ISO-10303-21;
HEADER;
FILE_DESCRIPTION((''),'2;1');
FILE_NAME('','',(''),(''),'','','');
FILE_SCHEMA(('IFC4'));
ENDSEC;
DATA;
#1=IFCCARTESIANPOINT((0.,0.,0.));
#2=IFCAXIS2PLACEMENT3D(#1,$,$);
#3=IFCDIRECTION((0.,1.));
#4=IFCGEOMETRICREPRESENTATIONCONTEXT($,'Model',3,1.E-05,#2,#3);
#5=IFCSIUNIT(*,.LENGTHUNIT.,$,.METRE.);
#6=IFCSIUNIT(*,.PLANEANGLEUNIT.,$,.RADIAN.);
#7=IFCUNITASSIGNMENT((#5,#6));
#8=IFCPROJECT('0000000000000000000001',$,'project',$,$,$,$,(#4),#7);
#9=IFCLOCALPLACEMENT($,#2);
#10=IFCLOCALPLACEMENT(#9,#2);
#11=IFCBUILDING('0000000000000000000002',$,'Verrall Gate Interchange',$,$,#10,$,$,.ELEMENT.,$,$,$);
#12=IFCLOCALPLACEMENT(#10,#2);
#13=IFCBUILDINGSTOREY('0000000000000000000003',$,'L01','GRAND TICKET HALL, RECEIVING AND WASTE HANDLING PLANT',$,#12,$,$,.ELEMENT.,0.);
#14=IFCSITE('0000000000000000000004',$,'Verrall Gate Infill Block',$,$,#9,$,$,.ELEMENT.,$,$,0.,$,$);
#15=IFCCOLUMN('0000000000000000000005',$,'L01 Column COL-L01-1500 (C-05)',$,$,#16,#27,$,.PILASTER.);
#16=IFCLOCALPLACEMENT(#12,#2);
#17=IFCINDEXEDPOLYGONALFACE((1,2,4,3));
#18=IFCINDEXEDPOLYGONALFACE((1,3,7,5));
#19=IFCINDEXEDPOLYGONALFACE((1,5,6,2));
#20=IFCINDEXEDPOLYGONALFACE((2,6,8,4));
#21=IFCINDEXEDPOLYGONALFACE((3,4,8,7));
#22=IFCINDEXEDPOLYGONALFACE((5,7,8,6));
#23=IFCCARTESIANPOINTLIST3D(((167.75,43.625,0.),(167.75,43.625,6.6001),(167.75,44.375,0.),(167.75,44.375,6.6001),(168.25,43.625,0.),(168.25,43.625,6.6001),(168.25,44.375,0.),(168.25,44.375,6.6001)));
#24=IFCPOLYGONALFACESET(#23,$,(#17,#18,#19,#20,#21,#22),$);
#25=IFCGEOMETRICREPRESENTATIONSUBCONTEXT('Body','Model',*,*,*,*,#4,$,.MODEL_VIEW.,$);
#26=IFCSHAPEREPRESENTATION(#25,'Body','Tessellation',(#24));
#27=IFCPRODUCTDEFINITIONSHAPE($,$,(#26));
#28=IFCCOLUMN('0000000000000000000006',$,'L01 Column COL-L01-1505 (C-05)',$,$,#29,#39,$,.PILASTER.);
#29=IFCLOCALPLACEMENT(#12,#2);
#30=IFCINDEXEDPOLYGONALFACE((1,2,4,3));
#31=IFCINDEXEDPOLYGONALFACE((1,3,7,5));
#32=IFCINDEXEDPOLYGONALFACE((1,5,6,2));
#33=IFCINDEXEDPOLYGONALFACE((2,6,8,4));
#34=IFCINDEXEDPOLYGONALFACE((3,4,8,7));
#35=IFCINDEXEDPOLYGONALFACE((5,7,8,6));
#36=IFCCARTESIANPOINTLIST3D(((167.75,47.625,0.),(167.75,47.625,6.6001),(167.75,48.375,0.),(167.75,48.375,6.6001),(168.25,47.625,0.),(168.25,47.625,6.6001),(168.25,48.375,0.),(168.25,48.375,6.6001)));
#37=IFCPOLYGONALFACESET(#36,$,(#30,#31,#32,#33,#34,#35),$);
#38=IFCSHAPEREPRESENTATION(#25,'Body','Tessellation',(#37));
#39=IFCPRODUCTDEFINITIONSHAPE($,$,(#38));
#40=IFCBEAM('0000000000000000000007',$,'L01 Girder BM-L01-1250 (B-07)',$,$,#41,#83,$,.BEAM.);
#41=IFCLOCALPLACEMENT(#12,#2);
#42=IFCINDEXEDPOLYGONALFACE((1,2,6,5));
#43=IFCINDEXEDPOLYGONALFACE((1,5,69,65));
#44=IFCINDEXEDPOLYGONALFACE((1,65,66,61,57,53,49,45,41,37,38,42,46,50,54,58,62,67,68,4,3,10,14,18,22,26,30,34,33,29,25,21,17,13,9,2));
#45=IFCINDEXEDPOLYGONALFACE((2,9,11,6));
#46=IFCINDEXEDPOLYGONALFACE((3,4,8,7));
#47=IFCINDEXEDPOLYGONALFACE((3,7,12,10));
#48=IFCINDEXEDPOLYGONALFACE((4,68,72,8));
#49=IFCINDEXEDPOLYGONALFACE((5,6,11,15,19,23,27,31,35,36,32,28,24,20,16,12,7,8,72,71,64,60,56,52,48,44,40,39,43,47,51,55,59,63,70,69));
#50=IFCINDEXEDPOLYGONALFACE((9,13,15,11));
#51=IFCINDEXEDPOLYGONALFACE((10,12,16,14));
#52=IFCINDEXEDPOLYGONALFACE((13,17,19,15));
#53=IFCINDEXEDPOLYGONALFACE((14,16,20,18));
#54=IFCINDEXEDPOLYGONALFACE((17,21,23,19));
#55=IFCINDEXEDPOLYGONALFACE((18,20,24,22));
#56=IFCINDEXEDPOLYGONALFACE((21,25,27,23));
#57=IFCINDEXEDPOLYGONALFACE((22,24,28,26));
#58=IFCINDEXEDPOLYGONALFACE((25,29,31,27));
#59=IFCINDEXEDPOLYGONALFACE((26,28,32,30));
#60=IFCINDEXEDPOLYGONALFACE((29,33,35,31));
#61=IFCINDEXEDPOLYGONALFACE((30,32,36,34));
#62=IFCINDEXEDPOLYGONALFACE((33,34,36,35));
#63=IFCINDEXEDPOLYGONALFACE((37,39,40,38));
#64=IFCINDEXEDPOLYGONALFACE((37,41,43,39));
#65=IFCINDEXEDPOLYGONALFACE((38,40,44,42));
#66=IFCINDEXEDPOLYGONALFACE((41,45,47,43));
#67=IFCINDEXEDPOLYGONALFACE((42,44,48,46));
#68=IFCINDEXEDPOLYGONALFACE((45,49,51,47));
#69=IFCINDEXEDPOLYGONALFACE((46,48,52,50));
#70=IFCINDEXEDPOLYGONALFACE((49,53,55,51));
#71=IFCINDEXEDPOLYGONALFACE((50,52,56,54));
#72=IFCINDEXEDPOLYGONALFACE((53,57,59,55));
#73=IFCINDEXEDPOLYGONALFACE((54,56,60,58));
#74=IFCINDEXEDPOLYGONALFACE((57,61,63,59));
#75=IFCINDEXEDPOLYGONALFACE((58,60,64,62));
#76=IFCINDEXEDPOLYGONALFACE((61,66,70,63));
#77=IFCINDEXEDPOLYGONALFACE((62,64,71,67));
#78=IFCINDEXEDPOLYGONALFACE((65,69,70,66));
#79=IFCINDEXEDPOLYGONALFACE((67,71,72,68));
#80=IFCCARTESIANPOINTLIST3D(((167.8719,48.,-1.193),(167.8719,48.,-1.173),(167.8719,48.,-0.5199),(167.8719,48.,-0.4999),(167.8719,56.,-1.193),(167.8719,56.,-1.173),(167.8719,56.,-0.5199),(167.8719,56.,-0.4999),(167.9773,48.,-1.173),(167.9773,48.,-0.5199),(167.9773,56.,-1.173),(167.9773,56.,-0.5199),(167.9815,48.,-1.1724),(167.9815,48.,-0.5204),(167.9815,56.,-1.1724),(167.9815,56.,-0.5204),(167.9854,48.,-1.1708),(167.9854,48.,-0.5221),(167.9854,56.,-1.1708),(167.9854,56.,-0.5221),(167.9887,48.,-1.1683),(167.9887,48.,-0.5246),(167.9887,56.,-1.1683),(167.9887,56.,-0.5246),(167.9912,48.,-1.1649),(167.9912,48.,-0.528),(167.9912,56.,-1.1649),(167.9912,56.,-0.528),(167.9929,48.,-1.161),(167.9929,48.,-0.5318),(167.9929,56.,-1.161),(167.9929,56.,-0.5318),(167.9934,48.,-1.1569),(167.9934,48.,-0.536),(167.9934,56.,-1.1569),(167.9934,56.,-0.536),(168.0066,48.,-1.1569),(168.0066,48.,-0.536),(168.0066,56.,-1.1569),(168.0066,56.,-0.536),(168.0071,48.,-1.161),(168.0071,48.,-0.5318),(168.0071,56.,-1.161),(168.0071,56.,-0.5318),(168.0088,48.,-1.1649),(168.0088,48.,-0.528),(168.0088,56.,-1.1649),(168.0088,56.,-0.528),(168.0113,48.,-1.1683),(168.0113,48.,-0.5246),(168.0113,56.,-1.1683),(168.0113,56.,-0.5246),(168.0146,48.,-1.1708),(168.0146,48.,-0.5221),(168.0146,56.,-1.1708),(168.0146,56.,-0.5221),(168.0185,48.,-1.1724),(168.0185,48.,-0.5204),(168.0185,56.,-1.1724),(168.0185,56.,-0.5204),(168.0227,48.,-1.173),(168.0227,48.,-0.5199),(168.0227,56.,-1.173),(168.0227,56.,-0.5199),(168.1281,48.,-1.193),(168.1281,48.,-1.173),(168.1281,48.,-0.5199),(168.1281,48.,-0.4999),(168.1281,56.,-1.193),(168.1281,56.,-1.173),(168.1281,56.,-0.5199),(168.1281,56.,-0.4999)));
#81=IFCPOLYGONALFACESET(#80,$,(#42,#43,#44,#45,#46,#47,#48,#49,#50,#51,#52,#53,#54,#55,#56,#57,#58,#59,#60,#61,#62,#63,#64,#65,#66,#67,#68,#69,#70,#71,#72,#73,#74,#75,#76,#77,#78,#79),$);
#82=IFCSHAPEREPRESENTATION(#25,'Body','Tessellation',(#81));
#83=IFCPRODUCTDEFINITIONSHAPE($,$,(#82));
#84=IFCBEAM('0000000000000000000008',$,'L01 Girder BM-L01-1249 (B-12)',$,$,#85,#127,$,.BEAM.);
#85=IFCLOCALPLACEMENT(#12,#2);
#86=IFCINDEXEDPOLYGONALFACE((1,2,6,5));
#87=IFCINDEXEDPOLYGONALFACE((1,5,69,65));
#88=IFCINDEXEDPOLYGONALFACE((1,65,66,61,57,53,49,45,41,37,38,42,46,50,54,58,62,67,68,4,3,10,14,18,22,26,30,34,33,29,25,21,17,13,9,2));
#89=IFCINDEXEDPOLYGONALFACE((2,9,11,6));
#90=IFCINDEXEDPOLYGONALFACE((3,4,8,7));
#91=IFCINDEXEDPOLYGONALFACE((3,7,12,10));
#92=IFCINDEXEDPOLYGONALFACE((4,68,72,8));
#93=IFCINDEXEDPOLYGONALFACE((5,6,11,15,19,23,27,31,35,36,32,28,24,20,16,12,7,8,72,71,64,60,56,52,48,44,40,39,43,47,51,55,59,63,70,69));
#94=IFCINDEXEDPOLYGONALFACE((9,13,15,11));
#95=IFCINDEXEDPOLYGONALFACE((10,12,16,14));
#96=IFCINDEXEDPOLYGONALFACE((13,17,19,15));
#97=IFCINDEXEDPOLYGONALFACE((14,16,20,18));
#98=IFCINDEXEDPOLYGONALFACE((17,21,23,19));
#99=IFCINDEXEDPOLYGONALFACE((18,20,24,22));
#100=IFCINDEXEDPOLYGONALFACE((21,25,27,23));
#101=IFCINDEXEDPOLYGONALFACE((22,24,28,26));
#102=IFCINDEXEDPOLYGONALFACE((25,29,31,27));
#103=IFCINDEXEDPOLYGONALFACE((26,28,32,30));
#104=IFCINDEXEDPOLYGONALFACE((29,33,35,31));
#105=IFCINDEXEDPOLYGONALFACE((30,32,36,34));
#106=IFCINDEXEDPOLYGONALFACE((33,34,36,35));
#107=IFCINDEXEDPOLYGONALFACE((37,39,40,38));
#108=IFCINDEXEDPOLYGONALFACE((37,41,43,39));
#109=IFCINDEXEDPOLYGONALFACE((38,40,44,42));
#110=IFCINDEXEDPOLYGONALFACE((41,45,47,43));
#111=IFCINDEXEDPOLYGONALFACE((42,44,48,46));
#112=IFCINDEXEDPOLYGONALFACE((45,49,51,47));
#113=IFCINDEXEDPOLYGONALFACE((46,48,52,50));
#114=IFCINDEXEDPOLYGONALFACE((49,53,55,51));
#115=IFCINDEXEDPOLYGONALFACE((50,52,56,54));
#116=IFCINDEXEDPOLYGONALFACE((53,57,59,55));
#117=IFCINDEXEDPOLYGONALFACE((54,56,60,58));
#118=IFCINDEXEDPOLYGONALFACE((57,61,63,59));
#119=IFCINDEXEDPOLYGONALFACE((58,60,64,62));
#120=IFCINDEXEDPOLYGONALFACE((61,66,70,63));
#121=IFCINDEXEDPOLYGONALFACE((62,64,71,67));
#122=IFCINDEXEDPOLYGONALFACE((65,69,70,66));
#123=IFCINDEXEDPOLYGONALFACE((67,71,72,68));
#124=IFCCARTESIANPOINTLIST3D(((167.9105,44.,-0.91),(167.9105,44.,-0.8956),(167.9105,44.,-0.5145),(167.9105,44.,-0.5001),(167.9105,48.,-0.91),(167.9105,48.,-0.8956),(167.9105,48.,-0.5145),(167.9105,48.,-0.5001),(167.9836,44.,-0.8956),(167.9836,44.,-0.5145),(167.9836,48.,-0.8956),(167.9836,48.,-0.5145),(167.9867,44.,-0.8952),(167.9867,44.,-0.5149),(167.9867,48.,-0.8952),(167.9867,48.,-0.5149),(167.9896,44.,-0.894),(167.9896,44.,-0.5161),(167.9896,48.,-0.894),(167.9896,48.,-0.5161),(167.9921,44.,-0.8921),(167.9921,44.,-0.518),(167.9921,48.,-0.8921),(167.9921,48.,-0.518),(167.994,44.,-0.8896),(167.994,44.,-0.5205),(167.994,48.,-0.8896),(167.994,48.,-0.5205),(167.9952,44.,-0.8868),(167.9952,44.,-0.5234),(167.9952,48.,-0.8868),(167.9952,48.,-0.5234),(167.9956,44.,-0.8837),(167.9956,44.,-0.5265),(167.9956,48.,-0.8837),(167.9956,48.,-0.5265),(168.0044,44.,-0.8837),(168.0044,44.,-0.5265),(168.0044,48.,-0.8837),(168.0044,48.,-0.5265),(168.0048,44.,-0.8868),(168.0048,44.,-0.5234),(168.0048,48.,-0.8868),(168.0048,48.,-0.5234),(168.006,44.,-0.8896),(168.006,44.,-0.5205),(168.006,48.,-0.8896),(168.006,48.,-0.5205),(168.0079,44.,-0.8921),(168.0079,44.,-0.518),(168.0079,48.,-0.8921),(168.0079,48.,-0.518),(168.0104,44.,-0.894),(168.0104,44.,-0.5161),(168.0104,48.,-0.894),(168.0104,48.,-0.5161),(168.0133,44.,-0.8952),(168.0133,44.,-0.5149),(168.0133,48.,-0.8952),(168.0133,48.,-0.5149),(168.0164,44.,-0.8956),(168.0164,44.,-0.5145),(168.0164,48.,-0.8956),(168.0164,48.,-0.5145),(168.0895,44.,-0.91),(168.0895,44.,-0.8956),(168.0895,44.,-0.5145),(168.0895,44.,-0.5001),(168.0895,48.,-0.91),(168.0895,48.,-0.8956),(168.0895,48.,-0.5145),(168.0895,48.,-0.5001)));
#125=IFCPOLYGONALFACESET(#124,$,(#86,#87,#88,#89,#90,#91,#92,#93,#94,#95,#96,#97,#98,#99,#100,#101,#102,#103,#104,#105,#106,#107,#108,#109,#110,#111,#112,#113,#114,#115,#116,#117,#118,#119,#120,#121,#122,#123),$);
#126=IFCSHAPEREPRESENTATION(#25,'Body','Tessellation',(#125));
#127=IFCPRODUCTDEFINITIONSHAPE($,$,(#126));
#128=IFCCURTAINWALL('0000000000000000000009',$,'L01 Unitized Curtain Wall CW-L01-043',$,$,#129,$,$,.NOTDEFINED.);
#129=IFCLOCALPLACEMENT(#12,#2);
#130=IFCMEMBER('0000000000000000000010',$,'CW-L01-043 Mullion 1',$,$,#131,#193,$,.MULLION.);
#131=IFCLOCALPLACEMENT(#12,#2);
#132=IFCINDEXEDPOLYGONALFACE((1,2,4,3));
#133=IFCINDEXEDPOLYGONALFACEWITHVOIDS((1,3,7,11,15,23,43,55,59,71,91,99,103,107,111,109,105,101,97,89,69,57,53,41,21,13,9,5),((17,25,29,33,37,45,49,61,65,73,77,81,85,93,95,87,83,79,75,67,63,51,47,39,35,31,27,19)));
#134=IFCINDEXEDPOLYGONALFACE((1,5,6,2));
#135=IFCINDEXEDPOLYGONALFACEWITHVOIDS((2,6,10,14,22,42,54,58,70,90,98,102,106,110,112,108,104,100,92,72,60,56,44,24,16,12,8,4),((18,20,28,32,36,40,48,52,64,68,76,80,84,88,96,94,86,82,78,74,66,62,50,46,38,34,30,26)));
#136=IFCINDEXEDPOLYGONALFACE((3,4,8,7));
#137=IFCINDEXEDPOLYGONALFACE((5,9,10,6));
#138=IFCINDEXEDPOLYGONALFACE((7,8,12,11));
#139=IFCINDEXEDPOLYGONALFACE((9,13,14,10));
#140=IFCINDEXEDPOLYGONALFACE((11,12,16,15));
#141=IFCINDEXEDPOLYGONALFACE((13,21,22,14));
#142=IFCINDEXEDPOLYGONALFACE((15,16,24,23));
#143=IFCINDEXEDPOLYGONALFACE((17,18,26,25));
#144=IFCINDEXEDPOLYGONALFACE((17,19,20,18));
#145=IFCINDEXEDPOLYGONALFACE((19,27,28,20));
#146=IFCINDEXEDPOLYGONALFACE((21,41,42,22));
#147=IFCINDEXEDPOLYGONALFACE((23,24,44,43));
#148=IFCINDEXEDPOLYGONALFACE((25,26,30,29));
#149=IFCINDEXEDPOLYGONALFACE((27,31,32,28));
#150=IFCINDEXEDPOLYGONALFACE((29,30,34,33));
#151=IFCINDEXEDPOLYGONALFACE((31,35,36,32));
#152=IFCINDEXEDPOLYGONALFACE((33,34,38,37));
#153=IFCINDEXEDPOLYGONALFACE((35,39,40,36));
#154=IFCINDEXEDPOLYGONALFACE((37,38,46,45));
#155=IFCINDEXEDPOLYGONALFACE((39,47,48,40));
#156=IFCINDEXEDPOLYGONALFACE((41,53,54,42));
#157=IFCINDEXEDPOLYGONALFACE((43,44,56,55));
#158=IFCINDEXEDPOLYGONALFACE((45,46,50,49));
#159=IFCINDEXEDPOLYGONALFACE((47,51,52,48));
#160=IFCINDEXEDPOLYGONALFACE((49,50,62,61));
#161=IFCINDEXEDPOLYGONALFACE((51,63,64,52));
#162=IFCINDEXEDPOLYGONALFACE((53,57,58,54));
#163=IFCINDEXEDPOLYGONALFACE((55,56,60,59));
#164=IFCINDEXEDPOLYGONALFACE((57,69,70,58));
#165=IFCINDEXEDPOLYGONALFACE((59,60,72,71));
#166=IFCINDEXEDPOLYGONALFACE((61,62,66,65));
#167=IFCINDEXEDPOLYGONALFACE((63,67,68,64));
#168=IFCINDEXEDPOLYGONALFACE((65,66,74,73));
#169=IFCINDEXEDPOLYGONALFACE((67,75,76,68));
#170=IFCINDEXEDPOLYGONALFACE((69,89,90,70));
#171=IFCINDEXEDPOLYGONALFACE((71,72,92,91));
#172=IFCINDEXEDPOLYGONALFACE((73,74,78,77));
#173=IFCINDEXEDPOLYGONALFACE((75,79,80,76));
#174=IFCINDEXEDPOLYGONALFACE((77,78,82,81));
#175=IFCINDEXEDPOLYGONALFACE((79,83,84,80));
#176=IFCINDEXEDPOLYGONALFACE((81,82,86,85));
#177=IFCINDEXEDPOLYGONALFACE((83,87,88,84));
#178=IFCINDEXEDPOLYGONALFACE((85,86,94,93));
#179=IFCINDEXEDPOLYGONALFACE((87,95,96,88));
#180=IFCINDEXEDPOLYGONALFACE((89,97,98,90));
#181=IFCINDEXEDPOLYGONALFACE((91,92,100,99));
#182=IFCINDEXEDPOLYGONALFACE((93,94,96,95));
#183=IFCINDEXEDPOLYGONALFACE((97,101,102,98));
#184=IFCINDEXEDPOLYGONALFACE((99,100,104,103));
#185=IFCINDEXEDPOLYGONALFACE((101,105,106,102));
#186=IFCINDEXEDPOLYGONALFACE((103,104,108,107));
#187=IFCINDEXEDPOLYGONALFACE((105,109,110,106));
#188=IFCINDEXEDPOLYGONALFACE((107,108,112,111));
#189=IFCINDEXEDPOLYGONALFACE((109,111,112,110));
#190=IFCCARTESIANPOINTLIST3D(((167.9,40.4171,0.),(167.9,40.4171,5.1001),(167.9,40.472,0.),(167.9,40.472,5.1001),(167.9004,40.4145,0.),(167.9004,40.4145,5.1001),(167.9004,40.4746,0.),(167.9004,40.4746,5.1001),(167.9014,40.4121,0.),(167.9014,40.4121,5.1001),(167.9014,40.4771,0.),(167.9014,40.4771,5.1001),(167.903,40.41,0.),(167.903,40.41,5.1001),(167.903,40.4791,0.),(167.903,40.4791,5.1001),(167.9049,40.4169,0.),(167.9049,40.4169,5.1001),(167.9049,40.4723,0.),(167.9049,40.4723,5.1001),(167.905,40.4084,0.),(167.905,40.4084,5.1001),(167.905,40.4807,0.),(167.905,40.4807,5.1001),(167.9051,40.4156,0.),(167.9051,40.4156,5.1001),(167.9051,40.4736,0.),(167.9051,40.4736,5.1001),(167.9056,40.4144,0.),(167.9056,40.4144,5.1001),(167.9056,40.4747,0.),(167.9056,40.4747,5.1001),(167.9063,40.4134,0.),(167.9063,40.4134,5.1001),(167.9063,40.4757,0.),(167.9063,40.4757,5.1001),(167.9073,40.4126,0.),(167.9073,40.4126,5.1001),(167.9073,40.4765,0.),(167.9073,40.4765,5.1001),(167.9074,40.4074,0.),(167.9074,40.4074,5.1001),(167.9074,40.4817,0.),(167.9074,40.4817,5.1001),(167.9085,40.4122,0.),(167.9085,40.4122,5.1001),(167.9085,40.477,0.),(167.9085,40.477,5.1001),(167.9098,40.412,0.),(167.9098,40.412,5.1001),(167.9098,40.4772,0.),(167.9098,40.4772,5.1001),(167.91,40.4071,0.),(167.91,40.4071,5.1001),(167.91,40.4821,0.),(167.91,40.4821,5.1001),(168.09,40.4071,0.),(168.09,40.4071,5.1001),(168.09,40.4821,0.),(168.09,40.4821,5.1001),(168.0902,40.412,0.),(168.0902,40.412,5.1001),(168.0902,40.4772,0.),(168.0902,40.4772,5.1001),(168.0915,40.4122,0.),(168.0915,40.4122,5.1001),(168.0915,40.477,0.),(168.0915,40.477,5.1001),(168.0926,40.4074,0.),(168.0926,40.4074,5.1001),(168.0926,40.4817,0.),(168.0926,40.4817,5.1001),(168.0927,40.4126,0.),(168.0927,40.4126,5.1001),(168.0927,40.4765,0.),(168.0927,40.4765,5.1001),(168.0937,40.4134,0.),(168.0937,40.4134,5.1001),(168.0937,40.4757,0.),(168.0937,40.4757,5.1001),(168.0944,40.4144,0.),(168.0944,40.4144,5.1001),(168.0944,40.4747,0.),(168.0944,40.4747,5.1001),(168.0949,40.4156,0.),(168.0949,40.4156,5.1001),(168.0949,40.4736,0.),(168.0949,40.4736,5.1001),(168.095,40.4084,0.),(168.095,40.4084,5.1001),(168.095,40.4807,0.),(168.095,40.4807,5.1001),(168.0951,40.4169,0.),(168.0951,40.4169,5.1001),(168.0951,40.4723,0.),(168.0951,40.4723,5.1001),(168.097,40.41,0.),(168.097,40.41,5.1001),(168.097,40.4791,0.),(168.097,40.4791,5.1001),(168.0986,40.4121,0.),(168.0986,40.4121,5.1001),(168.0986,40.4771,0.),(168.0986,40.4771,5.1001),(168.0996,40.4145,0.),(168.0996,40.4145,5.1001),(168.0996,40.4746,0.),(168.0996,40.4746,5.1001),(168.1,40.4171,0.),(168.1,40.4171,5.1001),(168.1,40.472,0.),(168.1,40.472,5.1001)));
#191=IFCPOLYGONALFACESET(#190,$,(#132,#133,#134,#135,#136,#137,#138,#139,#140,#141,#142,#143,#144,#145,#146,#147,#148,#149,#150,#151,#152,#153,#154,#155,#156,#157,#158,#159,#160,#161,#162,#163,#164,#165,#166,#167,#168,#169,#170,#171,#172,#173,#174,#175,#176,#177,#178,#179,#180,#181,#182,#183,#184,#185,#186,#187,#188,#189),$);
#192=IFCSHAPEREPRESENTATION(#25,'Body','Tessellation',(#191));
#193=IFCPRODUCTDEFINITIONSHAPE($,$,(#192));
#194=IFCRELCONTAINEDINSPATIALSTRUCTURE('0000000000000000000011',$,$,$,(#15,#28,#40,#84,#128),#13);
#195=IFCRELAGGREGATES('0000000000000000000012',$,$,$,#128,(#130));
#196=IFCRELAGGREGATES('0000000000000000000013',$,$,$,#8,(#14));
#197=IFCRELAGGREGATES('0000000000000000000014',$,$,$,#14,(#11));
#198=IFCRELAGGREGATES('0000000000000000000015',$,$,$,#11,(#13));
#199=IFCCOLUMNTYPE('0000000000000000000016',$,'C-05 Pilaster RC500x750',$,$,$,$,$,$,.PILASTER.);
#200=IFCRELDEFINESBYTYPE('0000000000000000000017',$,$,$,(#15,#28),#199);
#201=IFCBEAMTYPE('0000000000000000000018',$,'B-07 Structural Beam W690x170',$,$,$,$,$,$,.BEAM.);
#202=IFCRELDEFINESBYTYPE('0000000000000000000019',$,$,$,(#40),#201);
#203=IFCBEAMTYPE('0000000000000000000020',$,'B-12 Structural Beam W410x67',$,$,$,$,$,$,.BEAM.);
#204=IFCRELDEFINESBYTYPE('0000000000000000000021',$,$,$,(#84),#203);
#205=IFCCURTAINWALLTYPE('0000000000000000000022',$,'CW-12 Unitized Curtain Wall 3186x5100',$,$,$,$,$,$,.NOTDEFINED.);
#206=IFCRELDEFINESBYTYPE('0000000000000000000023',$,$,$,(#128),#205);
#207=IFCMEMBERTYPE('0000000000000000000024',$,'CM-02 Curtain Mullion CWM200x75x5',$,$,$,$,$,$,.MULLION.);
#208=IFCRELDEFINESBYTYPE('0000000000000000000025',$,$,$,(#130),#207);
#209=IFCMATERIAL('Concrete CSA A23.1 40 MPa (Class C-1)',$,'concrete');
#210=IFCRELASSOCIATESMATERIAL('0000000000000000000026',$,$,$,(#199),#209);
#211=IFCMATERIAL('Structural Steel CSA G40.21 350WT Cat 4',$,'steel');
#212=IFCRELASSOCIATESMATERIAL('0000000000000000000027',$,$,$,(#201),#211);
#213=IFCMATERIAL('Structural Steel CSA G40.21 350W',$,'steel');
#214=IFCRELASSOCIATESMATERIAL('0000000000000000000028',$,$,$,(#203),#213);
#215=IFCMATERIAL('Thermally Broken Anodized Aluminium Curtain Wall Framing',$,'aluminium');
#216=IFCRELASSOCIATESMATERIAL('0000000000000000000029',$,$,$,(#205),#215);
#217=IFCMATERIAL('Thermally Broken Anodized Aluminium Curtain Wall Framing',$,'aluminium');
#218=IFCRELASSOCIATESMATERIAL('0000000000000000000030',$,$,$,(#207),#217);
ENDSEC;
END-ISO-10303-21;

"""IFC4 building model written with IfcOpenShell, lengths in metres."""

from ifc_helpers import new_model, si_unit, direction, frame, origin, origin_2d, place, context, subcontext, project, spatial, rectangle, hollow_rectangle, i_section, extrude, material, material_profile, profile_set, type_object, element, aggregate, save


model = new_model("IFC4")

# Units and contexts
model_context = context("Model", 3, precision=1e-05, world=origin(), true_north=direction((0.0, 1.0)))
body_context = subcontext(model_context, "Body", "Model", "MODEL_VIEW")
ifc_project = project(units=[si_unit("LENGTHUNIT", "METRE"), si_unit("PLANEANGLEUNIT", "RADIAN")], contexts=[model_context])

# Site, building, storey
site_placement = place(None, origin())
site = spatial("IfcSite", under=ifc_project, at=site_placement, Name="Verrall Gate Infill Block", CompositionType="ELEMENT", RefElevation=0.0)
building_placement = place(site_placement, origin())
building = spatial("IfcBuilding", under=site, at=building_placement, Name="Verrall Gate Interchange", CompositionType="ELEMENT")
storey_placement = place(building_placement, origin())
storey = spatial("IfcBuildingStorey", under=building, at=storey_placement, Name="L01", Description="GRAND TICKET HALL, RECEIVING AND WASTE HANDLING PLANT", CompositionType="ELEMENT", Elevation=0.0)

# Columns
ifc_material_1 = material(Name="Concrete CSA A23.1 40 MPa (Class C-1)", Category="concrete")
ifc_material_profile_1 = material_profile(ifc_material_1, rectangle(XDim=0.5, YDim=0.75, at=origin_2d()), Name="RC500x750")
ifc_profile_set_1 = profile_set([ifc_material_profile_1], Name="Concrete CSA A23.1 40 MPa (Class C-1)")
column_type = type_object("IfcColumnType", Name="C-05 Pilaster RC500x750", PredefinedType="PILASTER", material=ifc_profile_set_1)
for number, where, z_axis, x_axis, name in (
    (1, (168.0, 44.0, 0.0), (0.0, 0.0, 1.0), (1.0, 0.0, 0.0), "L01 Column COL-L01-1500 (C-05)"),
    (2, (168.0, 48.0, 0.0), (0.0, 0.0, 1.0), (1.0, 0.0, 0.0), "L01 Column COL-L01-1505 (C-05)"),
):
    element("IfcColumn", number, at=place(storey_placement, frame(where, z_axis=z_axis, x_axis=x_axis)), inside=storey, type_object=column_type, Name=name, PredefinedType="PILASTER", context=body_context, shape_type="SweptSolid", body=[
        extrude(rectangle(XDim=0.5, YDim=0.75, at=origin_2d()), origin(), (0.0, 0.0, 1.0), 6.6001),
    ])

# Beams
ifc_material_2 = material(Name="Structural Steel CSA G40.21 350WT Cat 4", Category="steel")
ifc_material_profile_2 = material_profile(ifc_material_2, i_section(OverallWidth=0.2561, OverallDepth=0.6931, WebThickness=0.0132, FlangeThickness=0.02, FilletRadius=0.0161, at=origin_2d()), Name="W690x170")
ifc_profile_set_2 = profile_set([ifc_material_profile_2], Name="Structural Steel CSA G40.21 350WT Cat 4")
beam_type_1 = type_object("IfcBeamType", Name="B-07 Structural Beam W690x170", PredefinedType="BEAM", material=ifc_profile_set_2)
beam_1_placement = place(storey_placement, frame((168.0, 48.0, -0.8464), z_axis=(0.0, 1.0, 0.0), x_axis=(-1.0, 0.0, 0.0)))
element("IfcBeam", 3, at=beam_1_placement, inside=storey, type_object=beam_type_1, Name="L01 Girder BM-L01-1250 (B-07)", PredefinedType="BEAM", context=body_context, shape_type="SweptSolid", body=[
    extrude(i_section(OverallWidth=0.2561, OverallDepth=0.6931, WebThickness=0.0132, FlangeThickness=0.02, FilletRadius=0.0161, at=origin_2d()), origin(), (0.0, 0.0, 1.0), 8.0),
])
ifc_material_3 = material(Name="Structural Steel CSA G40.21 350W", Category="steel")
ifc_material_profile_3 = material_profile(ifc_material_3, i_section(OverallWidth=0.179, OverallDepth=0.4099, WebThickness=0.0088, FlangeThickness=0.0144, FilletRadius=0.012, at=origin_2d()), Name="W410x67")
ifc_profile_set_3 = profile_set([ifc_material_profile_3], Name="Structural Steel CSA G40.21 350W")
beam_type_2 = type_object("IfcBeamType", Name="B-12 Structural Beam W410x67", PredefinedType="BEAM", material=ifc_profile_set_3)
beam_2_placement = place(storey_placement, frame((168.0, 44.0, -0.7051), z_axis=(0.0, 1.0, 0.0), x_axis=(-1.0, 0.0, 0.0)))
element("IfcBeam", 4, at=beam_2_placement, inside=storey, type_object=beam_type_2, Name="L01 Girder BM-L01-1249 (B-12)", PredefinedType="BEAM", context=body_context, shape_type="SweptSolid", body=[
    extrude(i_section(OverallWidth=0.179, OverallDepth=0.4099, WebThickness=0.0088, FlangeThickness=0.0144, FilletRadius=0.012, at=origin_2d()), origin(), (0.0, 0.0, 1.0), 4.0),
])

# Curtain wall, member
ifc_material_4 = material(Name="Thermally Broken Anodized Aluminium Curtain Wall Framing", Category="aluminium")
curtain_wall_type_1 = type_object("IfcCurtainWallType", Name="CW-12 Unitized Curtain Wall 3186x5100", PredefinedType="NOTDEFINED", material=ifc_material_4)
curtain_wall_1_placement = place(storey_placement, origin())
curtain_wall_1 = element("IfcCurtainWall", 5, at=curtain_wall_1_placement, inside=storey, type_object=curtain_wall_type_1, Name="L01 Unitized Curtain Wall CW-L01-043", PredefinedType="NOTDEFINED")
ifc_material_5 = material(Name="Thermally Broken Anodized Aluminium Curtain Wall Framing", Category="aluminium")
ifc_material_profile_4 = material_profile(ifc_material_5, hollow_rectangle(XDim=0.075, YDim=0.2, WallThickness=0.0049, InnerFilletRadius=0.0049, OuterFilletRadius=0.01, at=origin_2d()), Name="CWM200x75x5")
ifc_profile_set_4 = profile_set([ifc_material_profile_4], Name="Thermally Broken Anodized Aluminium Curtain Wall Framing")
member_type_1 = type_object("IfcMemberType", Name="CM-02 Curtain Mullion CWM200x75x5", PredefinedType="MULLION", material=ifc_profile_set_4)
member_1_placement = place(storey_placement, frame((168.0, 40.4446, 0.0), z_axis=(0.0, 0.0, 1.0), x_axis=(0.0, 1.0, 0.0)))
member_1 = element("IfcMember", 6, at=member_1_placement, type_object=member_type_1, Name="CW-L01-043 Mullion 1", PredefinedType="MULLION", context=body_context, shape_type="SweptSolid", body=[
    extrude(hollow_rectangle(XDim=0.075, YDim=0.2, WallThickness=0.0049, InnerFilletRadius=0.0049, OuterFilletRadius=0.01, at=origin_2d()), origin(), (0.0, 0.0, 1.0), 5.1001),
])

aggregate(curtain_wall_1, [member_1])

save(model, "model.ifc")
